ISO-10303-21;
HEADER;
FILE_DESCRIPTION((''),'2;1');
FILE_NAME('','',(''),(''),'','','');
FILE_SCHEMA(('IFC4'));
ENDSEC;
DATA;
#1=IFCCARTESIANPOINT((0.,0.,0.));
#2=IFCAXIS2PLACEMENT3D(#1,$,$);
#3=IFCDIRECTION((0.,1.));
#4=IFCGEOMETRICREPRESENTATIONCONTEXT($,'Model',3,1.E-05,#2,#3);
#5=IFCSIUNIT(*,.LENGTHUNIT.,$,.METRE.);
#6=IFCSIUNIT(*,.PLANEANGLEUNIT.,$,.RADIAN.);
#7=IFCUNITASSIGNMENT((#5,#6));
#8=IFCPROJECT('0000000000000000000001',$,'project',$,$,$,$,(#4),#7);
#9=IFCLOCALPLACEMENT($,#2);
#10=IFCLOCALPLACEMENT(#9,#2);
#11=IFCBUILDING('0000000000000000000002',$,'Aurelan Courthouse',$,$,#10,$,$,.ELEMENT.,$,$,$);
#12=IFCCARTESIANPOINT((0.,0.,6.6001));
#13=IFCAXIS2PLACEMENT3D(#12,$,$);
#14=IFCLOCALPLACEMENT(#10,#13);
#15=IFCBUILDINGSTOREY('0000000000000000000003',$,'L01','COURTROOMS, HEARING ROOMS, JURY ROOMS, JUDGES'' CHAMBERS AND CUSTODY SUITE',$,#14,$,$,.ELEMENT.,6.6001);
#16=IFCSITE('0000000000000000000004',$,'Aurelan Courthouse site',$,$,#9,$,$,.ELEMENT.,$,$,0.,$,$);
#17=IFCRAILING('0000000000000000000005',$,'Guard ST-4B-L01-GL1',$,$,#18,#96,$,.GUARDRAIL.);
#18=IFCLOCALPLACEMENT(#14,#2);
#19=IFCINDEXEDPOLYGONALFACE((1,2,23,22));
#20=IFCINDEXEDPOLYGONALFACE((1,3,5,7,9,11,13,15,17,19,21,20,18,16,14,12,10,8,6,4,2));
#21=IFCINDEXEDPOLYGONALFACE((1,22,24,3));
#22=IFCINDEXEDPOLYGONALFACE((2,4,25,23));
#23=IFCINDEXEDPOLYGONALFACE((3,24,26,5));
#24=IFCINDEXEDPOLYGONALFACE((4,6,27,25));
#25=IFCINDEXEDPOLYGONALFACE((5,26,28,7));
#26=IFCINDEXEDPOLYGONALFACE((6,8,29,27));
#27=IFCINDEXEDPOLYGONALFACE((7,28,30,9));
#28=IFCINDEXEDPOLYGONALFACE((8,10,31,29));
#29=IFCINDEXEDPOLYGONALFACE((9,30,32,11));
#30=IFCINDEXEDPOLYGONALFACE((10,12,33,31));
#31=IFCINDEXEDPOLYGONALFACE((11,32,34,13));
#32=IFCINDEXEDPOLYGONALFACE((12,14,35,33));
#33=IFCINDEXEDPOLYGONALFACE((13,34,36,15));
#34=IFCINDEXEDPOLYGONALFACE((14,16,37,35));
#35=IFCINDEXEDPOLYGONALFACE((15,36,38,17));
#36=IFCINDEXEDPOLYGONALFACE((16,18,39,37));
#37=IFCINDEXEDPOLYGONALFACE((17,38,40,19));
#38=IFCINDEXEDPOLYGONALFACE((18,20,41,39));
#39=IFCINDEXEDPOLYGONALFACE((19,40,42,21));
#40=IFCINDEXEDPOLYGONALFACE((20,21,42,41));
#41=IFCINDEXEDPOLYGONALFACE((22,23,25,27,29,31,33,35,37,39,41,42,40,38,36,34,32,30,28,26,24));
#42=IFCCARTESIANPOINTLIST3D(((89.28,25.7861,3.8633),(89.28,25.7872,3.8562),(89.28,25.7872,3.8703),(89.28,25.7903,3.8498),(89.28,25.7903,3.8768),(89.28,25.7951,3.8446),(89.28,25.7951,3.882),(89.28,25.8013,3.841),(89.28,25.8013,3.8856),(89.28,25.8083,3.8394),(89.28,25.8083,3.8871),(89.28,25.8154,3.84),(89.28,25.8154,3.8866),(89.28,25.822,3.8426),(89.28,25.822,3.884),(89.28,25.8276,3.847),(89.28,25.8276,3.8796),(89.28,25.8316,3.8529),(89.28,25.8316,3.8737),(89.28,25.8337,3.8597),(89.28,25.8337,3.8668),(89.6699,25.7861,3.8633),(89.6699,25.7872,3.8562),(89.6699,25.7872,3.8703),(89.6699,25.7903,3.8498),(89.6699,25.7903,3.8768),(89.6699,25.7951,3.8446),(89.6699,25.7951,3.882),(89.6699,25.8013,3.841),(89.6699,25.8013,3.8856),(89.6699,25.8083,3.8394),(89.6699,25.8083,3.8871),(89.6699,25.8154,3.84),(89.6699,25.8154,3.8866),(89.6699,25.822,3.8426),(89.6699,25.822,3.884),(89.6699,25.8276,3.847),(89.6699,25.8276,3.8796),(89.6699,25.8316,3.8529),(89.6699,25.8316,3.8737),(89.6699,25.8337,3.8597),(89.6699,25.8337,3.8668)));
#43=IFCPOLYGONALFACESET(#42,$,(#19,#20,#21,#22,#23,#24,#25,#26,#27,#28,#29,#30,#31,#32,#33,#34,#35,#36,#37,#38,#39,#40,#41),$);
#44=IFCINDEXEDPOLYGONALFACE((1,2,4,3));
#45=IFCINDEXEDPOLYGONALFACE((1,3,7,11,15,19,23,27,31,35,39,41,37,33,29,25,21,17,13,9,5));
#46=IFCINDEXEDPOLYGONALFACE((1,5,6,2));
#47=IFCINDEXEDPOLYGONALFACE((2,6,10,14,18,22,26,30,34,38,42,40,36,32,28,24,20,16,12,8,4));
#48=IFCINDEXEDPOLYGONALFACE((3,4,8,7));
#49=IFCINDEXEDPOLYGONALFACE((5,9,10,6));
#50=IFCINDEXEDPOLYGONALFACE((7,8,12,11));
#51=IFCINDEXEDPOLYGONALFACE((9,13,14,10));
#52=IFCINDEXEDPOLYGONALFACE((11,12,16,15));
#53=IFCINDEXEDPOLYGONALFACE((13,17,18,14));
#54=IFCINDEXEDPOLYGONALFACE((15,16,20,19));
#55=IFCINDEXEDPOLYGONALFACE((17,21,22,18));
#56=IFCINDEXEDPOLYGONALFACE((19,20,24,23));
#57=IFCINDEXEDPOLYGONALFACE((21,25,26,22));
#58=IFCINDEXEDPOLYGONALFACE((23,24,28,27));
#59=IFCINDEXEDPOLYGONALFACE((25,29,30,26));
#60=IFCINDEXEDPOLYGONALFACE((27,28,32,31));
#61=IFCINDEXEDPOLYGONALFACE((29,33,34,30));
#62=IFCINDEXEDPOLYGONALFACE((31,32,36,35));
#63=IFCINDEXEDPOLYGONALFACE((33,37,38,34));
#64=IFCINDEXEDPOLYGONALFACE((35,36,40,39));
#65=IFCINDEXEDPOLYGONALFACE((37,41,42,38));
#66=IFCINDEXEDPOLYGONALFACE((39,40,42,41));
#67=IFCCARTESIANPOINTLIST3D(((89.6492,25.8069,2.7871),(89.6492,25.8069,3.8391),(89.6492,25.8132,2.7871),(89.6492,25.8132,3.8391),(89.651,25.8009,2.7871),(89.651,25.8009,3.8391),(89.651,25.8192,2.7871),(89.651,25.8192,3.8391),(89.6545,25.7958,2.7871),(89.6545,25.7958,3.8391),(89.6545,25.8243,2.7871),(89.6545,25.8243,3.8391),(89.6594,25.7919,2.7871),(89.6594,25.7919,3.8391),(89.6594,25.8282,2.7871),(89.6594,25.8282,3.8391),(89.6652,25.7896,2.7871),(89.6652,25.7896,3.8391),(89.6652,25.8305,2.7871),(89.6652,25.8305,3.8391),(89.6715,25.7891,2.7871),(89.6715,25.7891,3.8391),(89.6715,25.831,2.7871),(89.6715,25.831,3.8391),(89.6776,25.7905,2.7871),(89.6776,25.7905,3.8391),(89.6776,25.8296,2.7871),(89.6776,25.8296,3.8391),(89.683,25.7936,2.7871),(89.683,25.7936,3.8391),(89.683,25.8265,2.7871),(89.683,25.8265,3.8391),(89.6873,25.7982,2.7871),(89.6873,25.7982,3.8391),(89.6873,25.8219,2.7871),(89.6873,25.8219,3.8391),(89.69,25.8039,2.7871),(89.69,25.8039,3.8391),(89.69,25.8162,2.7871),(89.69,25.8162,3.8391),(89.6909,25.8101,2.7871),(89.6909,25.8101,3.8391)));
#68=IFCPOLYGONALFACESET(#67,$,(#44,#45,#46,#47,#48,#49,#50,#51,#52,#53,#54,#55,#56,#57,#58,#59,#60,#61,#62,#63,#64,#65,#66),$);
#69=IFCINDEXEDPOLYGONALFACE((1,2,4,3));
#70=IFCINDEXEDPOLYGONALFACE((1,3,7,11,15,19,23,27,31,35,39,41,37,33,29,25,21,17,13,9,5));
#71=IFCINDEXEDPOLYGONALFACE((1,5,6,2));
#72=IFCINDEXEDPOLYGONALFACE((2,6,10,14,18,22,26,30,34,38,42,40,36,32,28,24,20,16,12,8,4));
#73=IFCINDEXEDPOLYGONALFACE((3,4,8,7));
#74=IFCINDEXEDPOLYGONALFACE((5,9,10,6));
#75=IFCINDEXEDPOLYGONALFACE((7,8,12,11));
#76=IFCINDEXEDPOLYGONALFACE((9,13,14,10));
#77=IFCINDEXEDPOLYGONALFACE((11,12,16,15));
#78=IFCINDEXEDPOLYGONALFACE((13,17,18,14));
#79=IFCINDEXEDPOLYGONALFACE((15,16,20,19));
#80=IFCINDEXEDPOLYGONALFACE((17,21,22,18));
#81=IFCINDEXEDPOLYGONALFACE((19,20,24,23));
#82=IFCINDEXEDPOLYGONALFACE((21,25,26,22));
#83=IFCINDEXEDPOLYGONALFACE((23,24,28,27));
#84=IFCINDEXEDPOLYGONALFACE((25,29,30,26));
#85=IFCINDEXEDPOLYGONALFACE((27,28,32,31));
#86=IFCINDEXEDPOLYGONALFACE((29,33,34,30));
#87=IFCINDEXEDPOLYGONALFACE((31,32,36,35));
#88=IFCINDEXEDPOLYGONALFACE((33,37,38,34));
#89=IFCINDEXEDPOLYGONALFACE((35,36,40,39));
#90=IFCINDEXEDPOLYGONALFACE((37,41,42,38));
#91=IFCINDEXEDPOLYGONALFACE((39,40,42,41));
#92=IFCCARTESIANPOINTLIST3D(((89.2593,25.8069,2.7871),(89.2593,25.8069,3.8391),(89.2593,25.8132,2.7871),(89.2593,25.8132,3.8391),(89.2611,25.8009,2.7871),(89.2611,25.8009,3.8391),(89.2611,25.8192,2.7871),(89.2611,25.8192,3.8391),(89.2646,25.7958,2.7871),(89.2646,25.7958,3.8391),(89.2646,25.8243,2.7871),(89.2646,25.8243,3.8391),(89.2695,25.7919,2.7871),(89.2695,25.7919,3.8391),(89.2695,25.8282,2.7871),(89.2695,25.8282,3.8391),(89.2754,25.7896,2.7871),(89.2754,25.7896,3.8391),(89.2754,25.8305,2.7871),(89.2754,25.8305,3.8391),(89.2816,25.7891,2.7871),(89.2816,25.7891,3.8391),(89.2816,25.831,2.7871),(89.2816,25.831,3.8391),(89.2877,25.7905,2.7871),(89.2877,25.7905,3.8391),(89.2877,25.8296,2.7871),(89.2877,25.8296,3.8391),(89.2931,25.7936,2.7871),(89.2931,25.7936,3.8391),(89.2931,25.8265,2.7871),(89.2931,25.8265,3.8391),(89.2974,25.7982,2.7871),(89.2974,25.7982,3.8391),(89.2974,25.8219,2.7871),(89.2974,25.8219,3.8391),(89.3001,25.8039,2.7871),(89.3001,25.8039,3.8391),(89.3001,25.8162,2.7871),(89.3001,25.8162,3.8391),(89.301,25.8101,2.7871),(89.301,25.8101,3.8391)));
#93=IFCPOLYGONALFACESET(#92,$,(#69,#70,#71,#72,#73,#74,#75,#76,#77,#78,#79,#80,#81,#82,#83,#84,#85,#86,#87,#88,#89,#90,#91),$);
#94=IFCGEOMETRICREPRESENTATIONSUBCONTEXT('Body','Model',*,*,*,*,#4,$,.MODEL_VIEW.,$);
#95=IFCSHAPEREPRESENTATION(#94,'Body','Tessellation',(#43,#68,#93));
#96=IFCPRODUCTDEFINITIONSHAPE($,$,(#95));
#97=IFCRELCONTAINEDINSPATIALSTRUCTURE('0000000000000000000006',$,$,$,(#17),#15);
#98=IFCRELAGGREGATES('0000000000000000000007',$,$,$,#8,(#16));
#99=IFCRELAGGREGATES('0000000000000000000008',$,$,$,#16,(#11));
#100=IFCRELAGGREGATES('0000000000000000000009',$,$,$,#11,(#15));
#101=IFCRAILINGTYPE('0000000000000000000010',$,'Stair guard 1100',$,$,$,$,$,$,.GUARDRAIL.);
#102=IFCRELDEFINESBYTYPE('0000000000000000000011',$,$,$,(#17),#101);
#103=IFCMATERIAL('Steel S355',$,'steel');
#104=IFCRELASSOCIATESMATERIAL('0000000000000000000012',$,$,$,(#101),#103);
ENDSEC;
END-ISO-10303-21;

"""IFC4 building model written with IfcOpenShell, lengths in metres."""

from ifc_helpers import new_model, si_unit, direction, frame, origin, origin_2d, place, context, subcontext, project, spatial, circle, extrude, material, type_object, element, save


model = new_model("IFC4")

# Units and contexts
model_context = context("Model", 3, precision=1e-05, world=origin(), true_north=direction((0.0, 1.0)))
body_context = subcontext(model_context, "Body", "Model", "MODEL_VIEW")
ifc_project = project(units=[si_unit("LENGTHUNIT", "METRE"), si_unit("PLANEANGLEUNIT", "RADIAN")], contexts=[model_context])

# Site, building, storey
site_placement = place(None, origin())
site = spatial("IfcSite", under=ifc_project, at=site_placement, Name="Aurelan Courthouse site", CompositionType="ELEMENT", RefElevation=0.0)
building_placement = place(site_placement, origin())
building = spatial("IfcBuilding", under=site, at=building_placement, Name="Aurelan Courthouse", CompositionType="ELEMENT")
storey_placement = place(building_placement, frame((0.0, 0.0, 6.6001)))
storey = spatial("IfcBuildingStorey", under=building, at=storey_placement, Name="L01", Description="COURTROOMS, HEARING ROOMS, JURY ROOMS, JUDGES' CHAMBERS AND CUSTODY SUITE", CompositionType="ELEMENT", Elevation=6.6001)

# Railing
ifc_material_1 = material(Name="Steel S355", Category="steel")
railing_type_1 = type_object("IfcRailingType", Name="Stair guard 1100", PredefinedType="GUARDRAIL", material=ifc_material_1)
railing_placement = place(storey_placement, frame((89.6699, 25.8101, 2.7871)))
element("IfcRailing", 1, at=railing_placement, inside=storey, type_object=railing_type_1, Name="Guard ST-4B-L01-GL1", PredefinedType="GUARDRAIL", context=body_context, shape_type="SweptSolid", body=[
    extrude(circle(Radius=0.0239, at=origin_2d()), frame((0.0, 0.0, 1.0762), z_axis=(-1.0, 0.0, 0.0), x_axis=(0.0, -1.0, 0.0)), (0.0, 0.0, 1.0), 0.3899),
    extrude(circle(Radius=0.021, at=origin_2d()), origin(), (0.0, 0.0, 1.0), 1.052),
    extrude(circle(Radius=0.021, at=origin_2d()), frame((-0.3899, 0.0, 0.0)), (0.0, 0.0, 1.0), 1.052),
])

save(model, "model.ifc")
